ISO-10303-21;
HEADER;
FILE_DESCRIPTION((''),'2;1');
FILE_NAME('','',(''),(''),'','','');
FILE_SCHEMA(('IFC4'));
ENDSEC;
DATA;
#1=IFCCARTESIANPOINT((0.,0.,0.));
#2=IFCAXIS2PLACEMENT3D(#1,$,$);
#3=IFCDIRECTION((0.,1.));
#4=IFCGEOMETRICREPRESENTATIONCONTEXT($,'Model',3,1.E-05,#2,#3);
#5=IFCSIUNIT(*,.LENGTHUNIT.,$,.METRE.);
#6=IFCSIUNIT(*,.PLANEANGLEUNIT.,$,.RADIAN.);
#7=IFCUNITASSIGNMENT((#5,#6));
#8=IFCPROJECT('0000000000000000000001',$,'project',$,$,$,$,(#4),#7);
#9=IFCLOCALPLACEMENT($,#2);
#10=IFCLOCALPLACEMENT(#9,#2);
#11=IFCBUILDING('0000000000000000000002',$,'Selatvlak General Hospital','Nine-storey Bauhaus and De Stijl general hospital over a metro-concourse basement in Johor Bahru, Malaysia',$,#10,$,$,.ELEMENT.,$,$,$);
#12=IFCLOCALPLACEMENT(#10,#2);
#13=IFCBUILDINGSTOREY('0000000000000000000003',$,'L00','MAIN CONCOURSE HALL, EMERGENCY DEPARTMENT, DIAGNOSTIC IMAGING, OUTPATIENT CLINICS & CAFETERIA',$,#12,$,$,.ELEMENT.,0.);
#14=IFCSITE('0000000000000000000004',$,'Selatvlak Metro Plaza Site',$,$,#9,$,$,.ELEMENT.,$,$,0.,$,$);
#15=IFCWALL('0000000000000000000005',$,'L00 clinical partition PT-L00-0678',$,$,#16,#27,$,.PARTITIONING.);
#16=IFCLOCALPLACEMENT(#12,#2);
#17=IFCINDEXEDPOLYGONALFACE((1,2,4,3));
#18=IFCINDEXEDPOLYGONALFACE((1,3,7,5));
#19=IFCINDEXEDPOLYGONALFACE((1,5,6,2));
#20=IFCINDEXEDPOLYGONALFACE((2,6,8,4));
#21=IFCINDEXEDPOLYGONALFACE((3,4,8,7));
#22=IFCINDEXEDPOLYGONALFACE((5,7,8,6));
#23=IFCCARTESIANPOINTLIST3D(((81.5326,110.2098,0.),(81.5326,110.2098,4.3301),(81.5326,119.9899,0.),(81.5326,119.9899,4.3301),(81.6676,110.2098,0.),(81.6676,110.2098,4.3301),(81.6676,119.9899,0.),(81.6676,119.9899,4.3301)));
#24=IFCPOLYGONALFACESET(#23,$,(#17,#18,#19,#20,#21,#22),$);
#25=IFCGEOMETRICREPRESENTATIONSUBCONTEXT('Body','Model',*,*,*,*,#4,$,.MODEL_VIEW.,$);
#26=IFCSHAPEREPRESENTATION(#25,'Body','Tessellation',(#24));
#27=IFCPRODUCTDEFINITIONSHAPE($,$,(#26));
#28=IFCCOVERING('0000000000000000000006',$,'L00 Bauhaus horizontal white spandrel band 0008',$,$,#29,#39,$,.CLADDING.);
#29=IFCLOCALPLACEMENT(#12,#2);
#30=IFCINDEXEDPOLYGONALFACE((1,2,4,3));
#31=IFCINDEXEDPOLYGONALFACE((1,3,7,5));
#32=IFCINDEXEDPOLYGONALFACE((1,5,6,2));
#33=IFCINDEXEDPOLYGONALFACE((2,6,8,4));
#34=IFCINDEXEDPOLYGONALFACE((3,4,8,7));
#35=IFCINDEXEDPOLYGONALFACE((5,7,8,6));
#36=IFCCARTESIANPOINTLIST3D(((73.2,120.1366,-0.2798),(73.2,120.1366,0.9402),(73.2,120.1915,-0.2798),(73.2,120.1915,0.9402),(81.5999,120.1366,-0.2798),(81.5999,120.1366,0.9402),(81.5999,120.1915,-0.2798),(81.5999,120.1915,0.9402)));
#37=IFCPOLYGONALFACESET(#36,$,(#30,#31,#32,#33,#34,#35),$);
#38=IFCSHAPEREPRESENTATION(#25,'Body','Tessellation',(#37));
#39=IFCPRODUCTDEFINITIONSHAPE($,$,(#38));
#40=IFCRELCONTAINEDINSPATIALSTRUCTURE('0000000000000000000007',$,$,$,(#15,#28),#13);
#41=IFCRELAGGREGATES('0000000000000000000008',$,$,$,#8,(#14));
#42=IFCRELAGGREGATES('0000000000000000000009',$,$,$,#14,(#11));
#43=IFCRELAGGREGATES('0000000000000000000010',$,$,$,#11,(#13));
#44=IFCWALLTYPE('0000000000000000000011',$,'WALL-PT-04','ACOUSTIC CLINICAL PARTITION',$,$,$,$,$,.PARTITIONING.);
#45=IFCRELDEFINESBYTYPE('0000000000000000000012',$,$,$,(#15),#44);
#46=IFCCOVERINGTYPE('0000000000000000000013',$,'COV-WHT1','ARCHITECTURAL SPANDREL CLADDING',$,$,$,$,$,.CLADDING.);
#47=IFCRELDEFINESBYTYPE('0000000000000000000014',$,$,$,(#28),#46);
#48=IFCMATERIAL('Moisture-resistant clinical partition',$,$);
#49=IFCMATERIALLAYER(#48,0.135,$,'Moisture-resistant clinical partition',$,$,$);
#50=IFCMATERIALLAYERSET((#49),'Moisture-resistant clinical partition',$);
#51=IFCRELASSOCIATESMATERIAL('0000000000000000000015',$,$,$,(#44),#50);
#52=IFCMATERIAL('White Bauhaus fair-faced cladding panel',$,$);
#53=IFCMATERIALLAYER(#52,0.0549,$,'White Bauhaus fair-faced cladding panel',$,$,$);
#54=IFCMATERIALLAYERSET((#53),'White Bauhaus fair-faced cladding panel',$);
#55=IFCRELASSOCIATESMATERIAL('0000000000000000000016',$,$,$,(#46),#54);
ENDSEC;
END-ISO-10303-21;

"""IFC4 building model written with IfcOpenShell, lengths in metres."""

from ifc_helpers import new_model, si_unit, direction, frame, frame_2d, origin, origin_2d, place, context, subcontext, project, spatial, rectangle, extrude, material, layer, layer_set, type_object, element, save


model = new_model("IFC4")

# Units and contexts
model_context = context("Model", 3, precision=1e-05, world=origin(), true_north=direction((0.0, 1.0)))
body_context = subcontext(model_context, "Body", "Model", "MODEL_VIEW")
ifc_project = project(units=[si_unit("LENGTHUNIT", "METRE"), si_unit("PLANEANGLEUNIT", "RADIAN")], contexts=[model_context])

# Site, building, storey
site_placement = place(None, origin())
site = spatial("IfcSite", under=ifc_project, at=site_placement, Name="Selatvlak Metro Plaza Site", CompositionType="ELEMENT", RefElevation=0.0)
building_placement = place(site_placement, origin())
building = spatial("IfcBuilding", under=site, at=building_placement, Name="Selatvlak General Hospital", Description="Nine-storey Bauhaus and De Stijl general hospital over a metro-concourse basement in Johor Bahru, Malaysia", CompositionType="ELEMENT")
storey_placement = place(building_placement, origin())
storey = spatial("IfcBuildingStorey", under=building, at=storey_placement, Name="L00", Description="MAIN CONCOURSE HALL, EMERGENCY DEPARTMENT, DIAGNOSTIC IMAGING, OUTPATIENT CLINICS & CAFETERIA", CompositionType="ELEMENT", Elevation=0.0)

# Wall
ifc_material_1 = material(Name="Moisture-resistant clinical partition")
ifc_layer_1 = layer(ifc_material_1, 0.135, Name="Moisture-resistant clinical partition")
ifc_layer_set_1 = layer_set([ifc_layer_1], Name="Moisture-resistant clinical partition")
wall_type_1 = type_object("IfcWallType", Name="WALL-PT-04", Description="ACOUSTIC CLINICAL PARTITION", PredefinedType="PARTITIONING", material=ifc_layer_set_1)
wall_1_placement = place(storey_placement, frame((81.6001, 119.99, 0.0), z_axis=(0.0, 0.0, 1.0), x_axis=(0.0, -1.0, 0.0)))
element("IfcWall", 1, at=wall_1_placement, inside=storey, type_object=wall_type_1, Name="L00 clinical partition PT-L00-0678", PredefinedType="PARTITIONING", context=body_context, shape_type="SweptSolid", body=[
    extrude(rectangle(XDim=9.78, YDim=0.135, at=frame_2d((4.8901, 0.0))), origin(), (0.0, 0.0, 1.0), 4.3301),
])

# Covering
ifc_material_2 = material(Name="White Bauhaus fair-faced cladding panel")
ifc_layer_2 = layer(ifc_material_2, 0.0549, Name="White Bauhaus fair-faced cladding panel")
ifc_layer_set_2 = layer_set([ifc_layer_2], Name="White Bauhaus fair-faced cladding panel")
covering_type = type_object("IfcCoveringType", Name="COV-WHT1", Description="ARCHITECTURAL SPANDREL CLADDING", PredefinedType="CLADDING", material=ifc_layer_set_2)
covering_placement = place(storey_placement, frame((77.3999, 120.1641, -0.2798), z_axis=(0.0, 0.0, 1.0), x_axis=(1.0, 0.0, 0.0)))
element("IfcCovering", 2, at=covering_placement, inside=storey, type_object=covering_type, Name="L00 Bauhaus horizontal white spandrel band 0008", PredefinedType="CLADDING", context=body_context, shape_type="SweptSolid", body=[
    extrude(rectangle(XDim=8.3999, YDim=0.0549, at=origin_2d()), origin(), (0.0, 0.0, 1.0), 1.22),
])

save(model, "model.ifc")
